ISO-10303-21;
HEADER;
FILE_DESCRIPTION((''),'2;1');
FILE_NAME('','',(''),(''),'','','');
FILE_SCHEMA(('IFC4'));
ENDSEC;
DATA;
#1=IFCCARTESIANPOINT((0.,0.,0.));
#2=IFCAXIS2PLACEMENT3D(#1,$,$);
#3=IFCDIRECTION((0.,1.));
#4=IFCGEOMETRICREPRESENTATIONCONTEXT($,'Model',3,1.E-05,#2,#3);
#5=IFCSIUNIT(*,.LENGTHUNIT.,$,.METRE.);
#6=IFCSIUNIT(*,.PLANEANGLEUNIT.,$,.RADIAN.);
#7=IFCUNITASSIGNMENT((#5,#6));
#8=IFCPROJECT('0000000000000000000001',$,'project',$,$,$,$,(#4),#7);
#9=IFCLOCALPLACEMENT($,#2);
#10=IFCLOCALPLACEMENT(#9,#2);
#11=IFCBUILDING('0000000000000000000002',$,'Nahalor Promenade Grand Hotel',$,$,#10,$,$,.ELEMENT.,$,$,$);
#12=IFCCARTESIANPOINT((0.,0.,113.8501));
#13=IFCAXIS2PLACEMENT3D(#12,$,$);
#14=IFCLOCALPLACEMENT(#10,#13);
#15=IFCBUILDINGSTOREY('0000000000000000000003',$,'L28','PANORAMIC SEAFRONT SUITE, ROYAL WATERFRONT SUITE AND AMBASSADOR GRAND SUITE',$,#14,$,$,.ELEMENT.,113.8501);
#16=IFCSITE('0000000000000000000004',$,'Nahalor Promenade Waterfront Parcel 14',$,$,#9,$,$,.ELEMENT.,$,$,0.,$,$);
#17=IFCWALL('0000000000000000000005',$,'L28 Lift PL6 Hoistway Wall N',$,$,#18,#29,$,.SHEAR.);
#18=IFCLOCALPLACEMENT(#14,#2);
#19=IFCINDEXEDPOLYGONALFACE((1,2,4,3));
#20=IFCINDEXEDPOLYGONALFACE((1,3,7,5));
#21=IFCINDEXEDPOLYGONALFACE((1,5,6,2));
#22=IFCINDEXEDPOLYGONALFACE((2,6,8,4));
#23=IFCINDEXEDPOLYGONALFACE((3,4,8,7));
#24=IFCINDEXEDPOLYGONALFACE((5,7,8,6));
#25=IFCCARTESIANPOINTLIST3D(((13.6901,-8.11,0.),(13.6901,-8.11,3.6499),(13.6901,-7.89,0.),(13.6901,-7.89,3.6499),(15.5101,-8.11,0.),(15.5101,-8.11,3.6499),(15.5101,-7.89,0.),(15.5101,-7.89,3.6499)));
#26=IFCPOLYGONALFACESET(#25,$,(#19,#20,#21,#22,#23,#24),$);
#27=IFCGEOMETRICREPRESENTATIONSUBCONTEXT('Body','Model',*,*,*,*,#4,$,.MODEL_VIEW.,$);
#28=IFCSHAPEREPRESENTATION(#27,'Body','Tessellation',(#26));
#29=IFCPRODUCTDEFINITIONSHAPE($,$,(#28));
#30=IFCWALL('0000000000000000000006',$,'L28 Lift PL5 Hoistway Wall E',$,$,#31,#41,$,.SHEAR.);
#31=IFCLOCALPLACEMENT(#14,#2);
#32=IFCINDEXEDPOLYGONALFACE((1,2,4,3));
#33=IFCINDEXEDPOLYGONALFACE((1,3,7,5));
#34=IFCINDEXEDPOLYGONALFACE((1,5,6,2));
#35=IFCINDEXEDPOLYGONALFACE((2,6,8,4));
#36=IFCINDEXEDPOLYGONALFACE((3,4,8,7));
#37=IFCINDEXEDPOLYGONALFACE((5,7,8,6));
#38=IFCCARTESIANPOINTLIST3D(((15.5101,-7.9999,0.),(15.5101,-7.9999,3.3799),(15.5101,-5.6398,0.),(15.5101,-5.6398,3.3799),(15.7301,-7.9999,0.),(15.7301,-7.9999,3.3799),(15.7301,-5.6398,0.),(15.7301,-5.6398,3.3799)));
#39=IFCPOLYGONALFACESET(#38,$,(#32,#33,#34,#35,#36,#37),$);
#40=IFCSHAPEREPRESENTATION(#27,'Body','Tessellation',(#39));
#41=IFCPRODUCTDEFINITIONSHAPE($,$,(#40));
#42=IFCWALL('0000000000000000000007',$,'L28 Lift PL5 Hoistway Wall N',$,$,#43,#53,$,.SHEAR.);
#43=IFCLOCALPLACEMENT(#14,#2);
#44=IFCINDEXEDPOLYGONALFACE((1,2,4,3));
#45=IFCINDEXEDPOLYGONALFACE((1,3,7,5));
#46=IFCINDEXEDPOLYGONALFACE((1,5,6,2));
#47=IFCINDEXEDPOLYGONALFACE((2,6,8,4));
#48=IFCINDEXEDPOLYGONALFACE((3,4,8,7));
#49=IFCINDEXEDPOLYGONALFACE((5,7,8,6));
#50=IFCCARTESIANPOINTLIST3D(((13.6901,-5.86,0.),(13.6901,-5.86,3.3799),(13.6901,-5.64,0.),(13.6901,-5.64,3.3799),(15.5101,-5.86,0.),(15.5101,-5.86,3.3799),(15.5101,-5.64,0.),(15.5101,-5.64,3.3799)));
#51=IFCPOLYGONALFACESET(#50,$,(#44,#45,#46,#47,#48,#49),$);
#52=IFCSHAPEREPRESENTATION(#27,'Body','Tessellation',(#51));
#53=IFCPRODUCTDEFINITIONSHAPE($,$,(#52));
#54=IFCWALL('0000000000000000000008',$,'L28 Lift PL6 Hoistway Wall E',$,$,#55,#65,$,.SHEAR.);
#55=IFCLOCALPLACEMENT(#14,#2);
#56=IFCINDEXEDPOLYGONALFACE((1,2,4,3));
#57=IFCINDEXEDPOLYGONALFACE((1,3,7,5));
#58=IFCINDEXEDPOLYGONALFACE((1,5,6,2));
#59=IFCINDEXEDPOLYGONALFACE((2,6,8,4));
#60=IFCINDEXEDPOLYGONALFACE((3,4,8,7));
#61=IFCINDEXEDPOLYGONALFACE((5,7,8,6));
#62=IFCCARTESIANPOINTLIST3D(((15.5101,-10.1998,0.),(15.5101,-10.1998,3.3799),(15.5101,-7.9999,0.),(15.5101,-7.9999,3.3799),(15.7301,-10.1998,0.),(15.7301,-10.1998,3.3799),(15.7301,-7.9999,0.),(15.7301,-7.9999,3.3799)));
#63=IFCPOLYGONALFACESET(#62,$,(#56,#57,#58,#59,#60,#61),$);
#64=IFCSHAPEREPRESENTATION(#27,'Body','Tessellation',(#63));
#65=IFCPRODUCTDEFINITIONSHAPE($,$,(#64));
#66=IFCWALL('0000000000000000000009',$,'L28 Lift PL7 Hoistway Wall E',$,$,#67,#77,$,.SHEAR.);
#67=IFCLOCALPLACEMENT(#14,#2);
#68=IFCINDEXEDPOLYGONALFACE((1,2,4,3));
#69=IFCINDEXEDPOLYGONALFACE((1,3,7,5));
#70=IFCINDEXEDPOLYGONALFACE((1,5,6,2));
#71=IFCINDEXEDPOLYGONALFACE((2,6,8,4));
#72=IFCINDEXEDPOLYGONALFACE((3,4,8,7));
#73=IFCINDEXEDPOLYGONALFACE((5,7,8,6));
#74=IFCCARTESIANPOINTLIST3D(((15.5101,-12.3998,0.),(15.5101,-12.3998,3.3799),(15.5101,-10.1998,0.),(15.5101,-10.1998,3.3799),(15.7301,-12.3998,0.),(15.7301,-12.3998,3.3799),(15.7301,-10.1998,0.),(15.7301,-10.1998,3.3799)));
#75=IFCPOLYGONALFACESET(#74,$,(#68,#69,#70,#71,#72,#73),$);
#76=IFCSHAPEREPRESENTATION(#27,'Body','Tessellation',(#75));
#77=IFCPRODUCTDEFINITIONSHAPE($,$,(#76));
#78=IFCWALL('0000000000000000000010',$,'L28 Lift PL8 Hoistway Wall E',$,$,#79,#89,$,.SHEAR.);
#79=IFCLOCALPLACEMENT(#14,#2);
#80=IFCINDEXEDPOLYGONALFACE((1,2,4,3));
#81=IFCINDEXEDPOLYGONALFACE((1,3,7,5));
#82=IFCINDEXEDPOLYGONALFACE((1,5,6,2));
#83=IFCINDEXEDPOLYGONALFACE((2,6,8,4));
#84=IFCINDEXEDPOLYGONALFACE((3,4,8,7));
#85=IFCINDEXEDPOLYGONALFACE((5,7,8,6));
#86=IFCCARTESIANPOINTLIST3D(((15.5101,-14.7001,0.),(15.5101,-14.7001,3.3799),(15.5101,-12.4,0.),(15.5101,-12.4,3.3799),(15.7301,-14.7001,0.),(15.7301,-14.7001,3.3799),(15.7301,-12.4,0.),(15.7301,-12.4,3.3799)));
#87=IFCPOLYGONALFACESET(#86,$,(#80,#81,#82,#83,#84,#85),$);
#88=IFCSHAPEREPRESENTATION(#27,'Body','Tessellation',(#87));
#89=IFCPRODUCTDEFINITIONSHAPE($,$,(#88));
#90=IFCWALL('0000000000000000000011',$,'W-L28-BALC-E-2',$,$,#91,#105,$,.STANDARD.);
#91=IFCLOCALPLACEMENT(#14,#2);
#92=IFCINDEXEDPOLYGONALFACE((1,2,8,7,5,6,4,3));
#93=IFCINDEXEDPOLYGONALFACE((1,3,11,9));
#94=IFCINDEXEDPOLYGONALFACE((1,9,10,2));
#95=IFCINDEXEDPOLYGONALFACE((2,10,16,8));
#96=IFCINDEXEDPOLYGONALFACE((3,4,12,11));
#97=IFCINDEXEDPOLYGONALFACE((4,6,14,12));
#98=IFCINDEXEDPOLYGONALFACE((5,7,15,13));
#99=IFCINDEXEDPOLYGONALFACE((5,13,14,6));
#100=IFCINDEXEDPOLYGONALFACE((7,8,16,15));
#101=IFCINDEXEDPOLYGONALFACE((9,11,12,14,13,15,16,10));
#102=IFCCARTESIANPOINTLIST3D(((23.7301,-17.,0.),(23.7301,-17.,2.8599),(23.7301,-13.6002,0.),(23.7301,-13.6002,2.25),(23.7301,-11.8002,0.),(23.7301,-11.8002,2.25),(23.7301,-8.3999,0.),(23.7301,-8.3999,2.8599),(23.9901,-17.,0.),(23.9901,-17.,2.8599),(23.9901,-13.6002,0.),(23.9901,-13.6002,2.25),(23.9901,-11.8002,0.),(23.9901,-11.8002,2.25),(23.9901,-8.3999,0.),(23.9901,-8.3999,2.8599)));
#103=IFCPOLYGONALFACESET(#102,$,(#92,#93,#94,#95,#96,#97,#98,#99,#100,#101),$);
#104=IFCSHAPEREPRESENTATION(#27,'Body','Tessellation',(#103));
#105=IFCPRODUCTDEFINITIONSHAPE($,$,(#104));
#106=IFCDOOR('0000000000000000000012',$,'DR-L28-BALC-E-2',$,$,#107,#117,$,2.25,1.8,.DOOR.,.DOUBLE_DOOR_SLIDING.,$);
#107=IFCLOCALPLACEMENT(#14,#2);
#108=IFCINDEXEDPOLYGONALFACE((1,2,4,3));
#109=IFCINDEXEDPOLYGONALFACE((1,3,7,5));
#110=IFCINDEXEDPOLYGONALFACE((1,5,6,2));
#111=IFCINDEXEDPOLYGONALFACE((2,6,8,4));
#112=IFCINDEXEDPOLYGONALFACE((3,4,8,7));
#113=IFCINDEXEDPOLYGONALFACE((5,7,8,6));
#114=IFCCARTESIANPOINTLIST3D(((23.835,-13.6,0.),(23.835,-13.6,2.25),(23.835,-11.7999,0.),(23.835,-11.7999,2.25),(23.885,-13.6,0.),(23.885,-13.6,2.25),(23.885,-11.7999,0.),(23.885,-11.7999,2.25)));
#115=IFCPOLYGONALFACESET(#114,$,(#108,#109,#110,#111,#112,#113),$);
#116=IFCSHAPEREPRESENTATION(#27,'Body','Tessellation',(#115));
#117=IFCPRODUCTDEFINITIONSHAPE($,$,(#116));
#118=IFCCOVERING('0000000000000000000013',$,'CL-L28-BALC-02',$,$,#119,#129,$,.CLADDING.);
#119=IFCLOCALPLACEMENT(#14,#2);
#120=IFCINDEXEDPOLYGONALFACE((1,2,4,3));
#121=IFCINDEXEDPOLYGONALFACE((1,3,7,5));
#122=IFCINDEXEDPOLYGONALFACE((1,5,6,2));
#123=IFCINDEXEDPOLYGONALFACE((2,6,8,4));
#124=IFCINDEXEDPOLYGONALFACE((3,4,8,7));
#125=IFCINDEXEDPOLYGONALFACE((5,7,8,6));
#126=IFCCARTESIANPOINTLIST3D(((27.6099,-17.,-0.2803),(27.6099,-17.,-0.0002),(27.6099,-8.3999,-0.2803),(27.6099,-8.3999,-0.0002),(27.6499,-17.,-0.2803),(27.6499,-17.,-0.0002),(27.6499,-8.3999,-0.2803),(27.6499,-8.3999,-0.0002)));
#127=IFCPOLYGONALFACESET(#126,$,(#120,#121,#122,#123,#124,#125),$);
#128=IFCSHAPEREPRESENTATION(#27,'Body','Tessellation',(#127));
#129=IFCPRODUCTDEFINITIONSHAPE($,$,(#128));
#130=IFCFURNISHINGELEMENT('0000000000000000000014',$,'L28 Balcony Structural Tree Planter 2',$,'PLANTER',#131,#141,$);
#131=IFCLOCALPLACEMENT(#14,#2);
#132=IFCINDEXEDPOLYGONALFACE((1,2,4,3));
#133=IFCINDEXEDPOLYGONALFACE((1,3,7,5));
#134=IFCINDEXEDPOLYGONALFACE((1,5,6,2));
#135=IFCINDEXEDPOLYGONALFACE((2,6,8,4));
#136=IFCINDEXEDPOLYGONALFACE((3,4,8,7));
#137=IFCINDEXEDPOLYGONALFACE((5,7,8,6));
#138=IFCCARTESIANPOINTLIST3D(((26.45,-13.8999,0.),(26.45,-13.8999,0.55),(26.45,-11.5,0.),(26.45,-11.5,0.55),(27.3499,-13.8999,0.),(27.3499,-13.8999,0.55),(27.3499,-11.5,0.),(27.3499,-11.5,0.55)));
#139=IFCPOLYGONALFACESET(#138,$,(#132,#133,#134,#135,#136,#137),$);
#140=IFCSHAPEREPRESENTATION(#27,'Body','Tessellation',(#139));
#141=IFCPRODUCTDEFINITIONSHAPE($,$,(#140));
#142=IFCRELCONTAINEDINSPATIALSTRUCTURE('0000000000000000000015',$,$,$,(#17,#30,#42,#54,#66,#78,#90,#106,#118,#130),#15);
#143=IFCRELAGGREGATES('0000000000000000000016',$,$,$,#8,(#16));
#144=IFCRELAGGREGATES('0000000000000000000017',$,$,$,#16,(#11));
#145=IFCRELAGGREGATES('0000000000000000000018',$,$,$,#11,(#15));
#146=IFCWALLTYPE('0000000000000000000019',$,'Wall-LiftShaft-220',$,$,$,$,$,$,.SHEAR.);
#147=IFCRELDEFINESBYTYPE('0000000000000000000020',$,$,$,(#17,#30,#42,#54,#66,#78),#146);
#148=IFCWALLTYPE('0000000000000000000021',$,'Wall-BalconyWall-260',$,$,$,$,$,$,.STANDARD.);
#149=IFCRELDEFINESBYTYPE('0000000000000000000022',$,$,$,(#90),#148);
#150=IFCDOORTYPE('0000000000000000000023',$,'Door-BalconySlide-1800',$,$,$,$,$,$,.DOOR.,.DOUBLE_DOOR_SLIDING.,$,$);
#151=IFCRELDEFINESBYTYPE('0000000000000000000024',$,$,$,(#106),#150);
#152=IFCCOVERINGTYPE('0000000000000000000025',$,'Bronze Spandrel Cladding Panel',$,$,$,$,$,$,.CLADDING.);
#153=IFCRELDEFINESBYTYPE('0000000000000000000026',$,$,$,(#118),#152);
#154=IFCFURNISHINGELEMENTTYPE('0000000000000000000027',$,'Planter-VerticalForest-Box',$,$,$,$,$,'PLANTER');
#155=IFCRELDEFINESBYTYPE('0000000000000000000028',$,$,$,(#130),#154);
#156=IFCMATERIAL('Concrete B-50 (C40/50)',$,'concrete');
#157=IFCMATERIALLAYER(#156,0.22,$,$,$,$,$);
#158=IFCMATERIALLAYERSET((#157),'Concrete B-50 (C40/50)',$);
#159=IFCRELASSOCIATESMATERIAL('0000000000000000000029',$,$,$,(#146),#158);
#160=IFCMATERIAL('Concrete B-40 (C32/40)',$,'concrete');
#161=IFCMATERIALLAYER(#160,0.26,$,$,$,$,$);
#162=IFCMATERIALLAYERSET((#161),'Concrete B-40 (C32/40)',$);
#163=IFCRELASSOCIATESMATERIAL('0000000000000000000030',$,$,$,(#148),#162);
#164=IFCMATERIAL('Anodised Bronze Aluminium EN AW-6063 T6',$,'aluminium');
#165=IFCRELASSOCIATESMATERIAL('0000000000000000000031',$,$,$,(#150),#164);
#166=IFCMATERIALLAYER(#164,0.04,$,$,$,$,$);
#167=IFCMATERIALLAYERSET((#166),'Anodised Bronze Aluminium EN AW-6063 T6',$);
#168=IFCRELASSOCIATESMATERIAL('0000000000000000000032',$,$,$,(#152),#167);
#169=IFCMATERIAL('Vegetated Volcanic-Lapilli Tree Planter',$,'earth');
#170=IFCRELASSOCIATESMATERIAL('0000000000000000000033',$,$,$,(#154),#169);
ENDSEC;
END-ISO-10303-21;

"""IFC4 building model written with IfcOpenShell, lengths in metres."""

from ifc_helpers import new_model, si_unit, direction, frame, frame_2d, origin, origin_2d, place, context, subcontext, project, spatial, rectangle, extrude, source, transform, mapped, material, layer, layer_set, type_object, element, fill, save


model = new_model("IFC4")

# Units and contexts
model_context = context("Model", 3, precision=1e-05, world=origin(), true_north=direction((0.0, 1.0)))
body_context = subcontext(model_context, "Body", "Model", "MODEL_VIEW")
ifc_project = project(units=[si_unit("LENGTHUNIT", "METRE"), si_unit("PLANEANGLEUNIT", "RADIAN")], contexts=[model_context])

# Site, building, storey
site_placement = place(None, origin())
site = spatial("IfcSite", under=ifc_project, at=site_placement, Name="Nahalor Promenade Waterfront Parcel 14", CompositionType="ELEMENT", RefElevation=0.0)
building_placement = place(site_placement, origin())
building = spatial("IfcBuilding", under=site, at=building_placement, Name="Nahalor Promenade Grand Hotel", CompositionType="ELEMENT")
storey_placement = place(building_placement, frame((0.0, 0.0, 113.8501)))
storey = spatial("IfcBuildingStorey", under=building, at=storey_placement, Name="L28", Description="PANORAMIC SEAFRONT SUITE, ROYAL WATERFRONT SUITE AND AMBASSADOR GRAND SUITE", CompositionType="ELEMENT", Elevation=113.8501)

# Shared definitions
ifc_material_1 = material(Name="Anodised Bronze Aluminium EN AW-6063 T6", Category="aluminium")

# Walls
ifc_material_2 = material(Name="Concrete B-50 (C40/50)", Category="concrete")
ifc_layer_1 = layer(ifc_material_2, 0.22)
ifc_layer_set_1 = layer_set([ifc_layer_1], Name="Concrete B-50 (C40/50)")
wall_type_1 = type_object("IfcWallType", Name="Wall-LiftShaft-220", PredefinedType="SHEAR", material=ifc_layer_set_1)
shared_shape_1 = source(origin(), body_context, "Body", "SweptSolid", [
    extrude(rectangle(XDim=1.8201, YDim=0.22, at=frame_2d((0.9102, 0.0))), origin(), (0.0, 0.0, 1.0), 3.6499),
])
wall_1_placement = place(storey_placement, frame((13.6899, -8.0, 0.0), z_axis=(0.0, 0.0, 1.0), x_axis=(1.0, 0.0, 0.0)))
element("IfcWall", 1, at=wall_1_placement, inside=storey, type_object=wall_type_1, Name="L28 Lift PL6 Hoistway Wall N", PredefinedType="SHEAR", context=body_context, shape_type="MappedRepresentation", body=[
    mapped(shared_shape_1, transform((0.0, 0.0, 0.0), scale=1.0)),
])
shared_shape_2 = source(origin(), body_context, "Body", "SweptSolid", [
    extrude(rectangle(XDim=2.3601, YDim=0.22, at=frame_2d((1.1802, 0.0))), origin(), (0.0, 0.0, 1.0), 3.3799),
])
wall_2_placement = place(storey_placement, frame((15.6201, -8.0, 0.0), z_axis=(0.0, 0.0, 1.0), x_axis=(0.0, 1.0, 0.0)))
element("IfcWall", 2, at=wall_2_placement, inside=storey, type_object=wall_type_1, Name="L28 Lift PL5 Hoistway Wall E", PredefinedType="SHEAR", context=body_context, shape_type="MappedRepresentation", body=[
    mapped(shared_shape_2, transform((0.0, 0.0, 0.0), scale=1.0)),
])
shared_shape_3 = source(origin(), body_context, "Body", "SweptSolid", [
    extrude(rectangle(XDim=1.8201, YDim=0.22, at=frame_2d((0.9102, 0.0))), origin(), (0.0, 0.0, 1.0), 3.3799),
])
wall_3_placement = place(storey_placement, frame((13.6899, -5.75, 0.0), z_axis=(0.0, 0.0, 1.0), x_axis=(1.0, 0.0, 0.0)))
element("IfcWall", 3, at=wall_3_placement, inside=storey, type_object=wall_type_1, Name="L28 Lift PL5 Hoistway Wall N", PredefinedType="SHEAR", context=body_context, shape_type="MappedRepresentation", body=[
    mapped(shared_shape_3, transform((0.0, 0.0, 0.0), scale=1.0)),
])
shared_shape_4 = source(origin(), body_context, "Body", "SweptSolid", [
    extrude(rectangle(XDim=2.2, YDim=0.22, at=frame_2d((1.1001, 0.0))), origin(), (0.0, 0.0, 1.0), 3.3799),
])
for number, where, z_axis, x_axis, name in (
    (4, (15.6201, -10.2, 0.0), (0.0, 0.0, 1.0), (0.0, 1.0, 0.0), "L28 Lift PL6 Hoistway Wall E"),
    (5, (15.6201, -12.3999, 0.0), (0.0, 0.0, 1.0), (0.0, 1.0, 0.0), "L28 Lift PL7 Hoistway Wall E"),
):
    element("IfcWall", number, at=place(storey_placement, frame(where, z_axis=z_axis, x_axis=x_axis)), inside=storey, type_object=wall_type_1, Name=name, PredefinedType="SHEAR", context=body_context, shape_type="MappedRepresentation", body=[
        mapped(shared_shape_4, transform((0.0, 0.0, 0.0), scale=1.0)),
    ])
shared_shape_5 = source(origin(), body_context, "Body", "SweptSolid", [
    extrude(rectangle(XDim=2.3, YDim=0.22, at=frame_2d((1.1499, 0.0))), origin(), (0.0, 0.0, 1.0), 3.3799),
])
wall_4_placement = place(storey_placement, frame((15.6201, -14.7, 0.0), z_axis=(0.0, 0.0, 1.0), x_axis=(0.0, 1.0, 0.0)))
element("IfcWall", 6, at=wall_4_placement, inside=storey, type_object=wall_type_1, Name="L28 Lift PL8 Hoistway Wall E", PredefinedType="SHEAR", context=body_context, shape_type="MappedRepresentation", body=[
    mapped(shared_shape_5, transform((0.0, 0.0, 0.0), scale=1.0)),
])

# Wall, opening, door
ifc_material_3 = material(Name="Concrete B-40 (C32/40)", Category="concrete")
ifc_layer_2 = layer(ifc_material_3, 0.26)
ifc_layer_set_2 = layer_set([ifc_layer_2], Name="Concrete B-40 (C32/40)")
wall_type_2 = type_object("IfcWallType", Name="Wall-BalconyWall-260", PredefinedType="STANDARD", material=ifc_layer_set_2)
shared_shape_6 = source(origin(), body_context, "Body", "SweptSolid", [
    extrude(rectangle(XDim=8.6001, YDim=0.26, at=frame_2d((4.3, 0.0))), origin(), (0.0, 0.0, 1.0), 2.8599),
])
wall_5_placement = place(storey_placement, frame((23.8601, -17.0, 0.0), z_axis=(0.0, 0.0, 1.0), x_axis=(0.0, 1.0, 0.0)))
wall_5 = element("IfcWall", 7, at=wall_5_placement, inside=storey, type_object=wall_type_2, Name="W-L28-BALC-E-2", PredefinedType="STANDARD", context=body_context, shape_type="MappedRepresentation", body=[
    mapped(shared_shape_6, transform((0.0, 0.0, 0.0), scale=1.0)),
])
opening_placement = place(wall_5_placement, frame((3.3999, 0.0, 0.0)))
opening = element("IfcOpeningElement", 8, at=opening_placement, cuts=wall_5, PredefinedType="OPENING", context=body_context, shape_type="SweptSolid", body=[
    extrude(rectangle(XDim=1.8, YDim=2.25, at=frame_2d((0.8999, 1.125))), frame((0.0, 0.1399, 0.0), z_axis=(0.0, -1.0, 0.0), x_axis=(1.0, 0.0, 0.0)), (0.0, 0.0, 1.0), 0.28),
])
door_type = type_object("IfcDoorType", Name="Door-BalconySlide-1800", OperationType="DOUBLE_DOOR_SLIDING", PredefinedType="DOOR", material=ifc_material_1)
shared_shape_7 = source(origin(), body_context, "Body", "SweptSolid", [
    extrude(rectangle(XDim=1.8, YDim=2.25, at=frame_2d((0.8999, 1.125))), frame((0.0, 0.0249, 0.0), z_axis=(0.0, -1.0, 0.0), x_axis=(1.0, 0.0, 0.0)), (0.0, 0.0, 1.0), 0.05),
])
door_placement = place(opening_placement, frame((1.8, 0.0, 0.0), z_axis=(0.0, 0.0, 1.0), x_axis=(-1.0, 0.0, 0.0)))
door = element("IfcDoor", 9, at=door_placement, inside=storey, type_object=door_type, Name="DR-L28-BALC-E-2", OperationType="DOUBLE_DOOR_SLIDING", OverallHeight=2.25, OverallWidth=1.8, PredefinedType="DOOR", context=body_context, shape_type="MappedRepresentation", body=[
    mapped(shared_shape_7, transform((0.0, 0.0, 0.0), scale=1.0)),
])
fill(opening, door)

# Covering
ifc_layer_3 = layer(ifc_material_1, 0.04)
ifc_layer_set_3 = layer_set([ifc_layer_3], Name="Anodised Bronze Aluminium EN AW-6063 T6")
covering_type = type_object("IfcCoveringType", Name="Bronze Spandrel Cladding Panel", PredefinedType="CLADDING", material=ifc_layer_set_3)
shared_shape_8 = source(origin(), body_context, "Body", "SweptSolid", [
    extrude(rectangle(XDim=8.6001, YDim=0.04, at=origin_2d()), origin(), (0.0, 0.0, 1.0), 0.28),
])
covering_placement = place(storey_placement, frame((27.6299, -12.7, -0.2803), z_axis=(0.0, 0.0, 1.0), x_axis=(0.0, 1.0, 0.0)))
element("IfcCovering", 10, at=covering_placement, inside=storey, type_object=covering_type, Name="CL-L28-BALC-02", PredefinedType="CLADDING", context=body_context, shape_type="MappedRepresentation", body=[
    mapped(shared_shape_8, transform((0.0, 0.0, 0.0), scale=1.0)),
])

# Furnishing element
ifc_material_4 = material(Name="Vegetated Volcanic-Lapilli Tree Planter", Category="earth")
furnishing_element_type = type_object("IfcFurnishingElementType", Name="Planter-VerticalForest-Box", ElementType="PLANTER", material=ifc_material_4)
shared_shape_9 = source(origin(), body_context, "Body", "SweptSolid", [
    extrude(rectangle(XDim=2.3999, YDim=0.8999, at=origin_2d()), origin(), (0.0, 0.0, 1.0), 0.55),
])
furnishing_placement = place(storey_placement, frame((26.8999, -12.7, 0.0), z_axis=(0.0, 0.0, 1.0), x_axis=(0.0, 1.0, 0.0)))
element("IfcFurnishingElement", 11, at=furnishing_placement, inside=storey, type_object=furnishing_element_type, Name="L28 Balcony Structural Tree Planter 2", ObjectType="PLANTER", context=body_context, shape_type="MappedRepresentation", body=[
    mapped(shared_shape_9, transform((0.0, 0.0, 0.0), scale=1.0)),
])

save(model, "model.ifc")
